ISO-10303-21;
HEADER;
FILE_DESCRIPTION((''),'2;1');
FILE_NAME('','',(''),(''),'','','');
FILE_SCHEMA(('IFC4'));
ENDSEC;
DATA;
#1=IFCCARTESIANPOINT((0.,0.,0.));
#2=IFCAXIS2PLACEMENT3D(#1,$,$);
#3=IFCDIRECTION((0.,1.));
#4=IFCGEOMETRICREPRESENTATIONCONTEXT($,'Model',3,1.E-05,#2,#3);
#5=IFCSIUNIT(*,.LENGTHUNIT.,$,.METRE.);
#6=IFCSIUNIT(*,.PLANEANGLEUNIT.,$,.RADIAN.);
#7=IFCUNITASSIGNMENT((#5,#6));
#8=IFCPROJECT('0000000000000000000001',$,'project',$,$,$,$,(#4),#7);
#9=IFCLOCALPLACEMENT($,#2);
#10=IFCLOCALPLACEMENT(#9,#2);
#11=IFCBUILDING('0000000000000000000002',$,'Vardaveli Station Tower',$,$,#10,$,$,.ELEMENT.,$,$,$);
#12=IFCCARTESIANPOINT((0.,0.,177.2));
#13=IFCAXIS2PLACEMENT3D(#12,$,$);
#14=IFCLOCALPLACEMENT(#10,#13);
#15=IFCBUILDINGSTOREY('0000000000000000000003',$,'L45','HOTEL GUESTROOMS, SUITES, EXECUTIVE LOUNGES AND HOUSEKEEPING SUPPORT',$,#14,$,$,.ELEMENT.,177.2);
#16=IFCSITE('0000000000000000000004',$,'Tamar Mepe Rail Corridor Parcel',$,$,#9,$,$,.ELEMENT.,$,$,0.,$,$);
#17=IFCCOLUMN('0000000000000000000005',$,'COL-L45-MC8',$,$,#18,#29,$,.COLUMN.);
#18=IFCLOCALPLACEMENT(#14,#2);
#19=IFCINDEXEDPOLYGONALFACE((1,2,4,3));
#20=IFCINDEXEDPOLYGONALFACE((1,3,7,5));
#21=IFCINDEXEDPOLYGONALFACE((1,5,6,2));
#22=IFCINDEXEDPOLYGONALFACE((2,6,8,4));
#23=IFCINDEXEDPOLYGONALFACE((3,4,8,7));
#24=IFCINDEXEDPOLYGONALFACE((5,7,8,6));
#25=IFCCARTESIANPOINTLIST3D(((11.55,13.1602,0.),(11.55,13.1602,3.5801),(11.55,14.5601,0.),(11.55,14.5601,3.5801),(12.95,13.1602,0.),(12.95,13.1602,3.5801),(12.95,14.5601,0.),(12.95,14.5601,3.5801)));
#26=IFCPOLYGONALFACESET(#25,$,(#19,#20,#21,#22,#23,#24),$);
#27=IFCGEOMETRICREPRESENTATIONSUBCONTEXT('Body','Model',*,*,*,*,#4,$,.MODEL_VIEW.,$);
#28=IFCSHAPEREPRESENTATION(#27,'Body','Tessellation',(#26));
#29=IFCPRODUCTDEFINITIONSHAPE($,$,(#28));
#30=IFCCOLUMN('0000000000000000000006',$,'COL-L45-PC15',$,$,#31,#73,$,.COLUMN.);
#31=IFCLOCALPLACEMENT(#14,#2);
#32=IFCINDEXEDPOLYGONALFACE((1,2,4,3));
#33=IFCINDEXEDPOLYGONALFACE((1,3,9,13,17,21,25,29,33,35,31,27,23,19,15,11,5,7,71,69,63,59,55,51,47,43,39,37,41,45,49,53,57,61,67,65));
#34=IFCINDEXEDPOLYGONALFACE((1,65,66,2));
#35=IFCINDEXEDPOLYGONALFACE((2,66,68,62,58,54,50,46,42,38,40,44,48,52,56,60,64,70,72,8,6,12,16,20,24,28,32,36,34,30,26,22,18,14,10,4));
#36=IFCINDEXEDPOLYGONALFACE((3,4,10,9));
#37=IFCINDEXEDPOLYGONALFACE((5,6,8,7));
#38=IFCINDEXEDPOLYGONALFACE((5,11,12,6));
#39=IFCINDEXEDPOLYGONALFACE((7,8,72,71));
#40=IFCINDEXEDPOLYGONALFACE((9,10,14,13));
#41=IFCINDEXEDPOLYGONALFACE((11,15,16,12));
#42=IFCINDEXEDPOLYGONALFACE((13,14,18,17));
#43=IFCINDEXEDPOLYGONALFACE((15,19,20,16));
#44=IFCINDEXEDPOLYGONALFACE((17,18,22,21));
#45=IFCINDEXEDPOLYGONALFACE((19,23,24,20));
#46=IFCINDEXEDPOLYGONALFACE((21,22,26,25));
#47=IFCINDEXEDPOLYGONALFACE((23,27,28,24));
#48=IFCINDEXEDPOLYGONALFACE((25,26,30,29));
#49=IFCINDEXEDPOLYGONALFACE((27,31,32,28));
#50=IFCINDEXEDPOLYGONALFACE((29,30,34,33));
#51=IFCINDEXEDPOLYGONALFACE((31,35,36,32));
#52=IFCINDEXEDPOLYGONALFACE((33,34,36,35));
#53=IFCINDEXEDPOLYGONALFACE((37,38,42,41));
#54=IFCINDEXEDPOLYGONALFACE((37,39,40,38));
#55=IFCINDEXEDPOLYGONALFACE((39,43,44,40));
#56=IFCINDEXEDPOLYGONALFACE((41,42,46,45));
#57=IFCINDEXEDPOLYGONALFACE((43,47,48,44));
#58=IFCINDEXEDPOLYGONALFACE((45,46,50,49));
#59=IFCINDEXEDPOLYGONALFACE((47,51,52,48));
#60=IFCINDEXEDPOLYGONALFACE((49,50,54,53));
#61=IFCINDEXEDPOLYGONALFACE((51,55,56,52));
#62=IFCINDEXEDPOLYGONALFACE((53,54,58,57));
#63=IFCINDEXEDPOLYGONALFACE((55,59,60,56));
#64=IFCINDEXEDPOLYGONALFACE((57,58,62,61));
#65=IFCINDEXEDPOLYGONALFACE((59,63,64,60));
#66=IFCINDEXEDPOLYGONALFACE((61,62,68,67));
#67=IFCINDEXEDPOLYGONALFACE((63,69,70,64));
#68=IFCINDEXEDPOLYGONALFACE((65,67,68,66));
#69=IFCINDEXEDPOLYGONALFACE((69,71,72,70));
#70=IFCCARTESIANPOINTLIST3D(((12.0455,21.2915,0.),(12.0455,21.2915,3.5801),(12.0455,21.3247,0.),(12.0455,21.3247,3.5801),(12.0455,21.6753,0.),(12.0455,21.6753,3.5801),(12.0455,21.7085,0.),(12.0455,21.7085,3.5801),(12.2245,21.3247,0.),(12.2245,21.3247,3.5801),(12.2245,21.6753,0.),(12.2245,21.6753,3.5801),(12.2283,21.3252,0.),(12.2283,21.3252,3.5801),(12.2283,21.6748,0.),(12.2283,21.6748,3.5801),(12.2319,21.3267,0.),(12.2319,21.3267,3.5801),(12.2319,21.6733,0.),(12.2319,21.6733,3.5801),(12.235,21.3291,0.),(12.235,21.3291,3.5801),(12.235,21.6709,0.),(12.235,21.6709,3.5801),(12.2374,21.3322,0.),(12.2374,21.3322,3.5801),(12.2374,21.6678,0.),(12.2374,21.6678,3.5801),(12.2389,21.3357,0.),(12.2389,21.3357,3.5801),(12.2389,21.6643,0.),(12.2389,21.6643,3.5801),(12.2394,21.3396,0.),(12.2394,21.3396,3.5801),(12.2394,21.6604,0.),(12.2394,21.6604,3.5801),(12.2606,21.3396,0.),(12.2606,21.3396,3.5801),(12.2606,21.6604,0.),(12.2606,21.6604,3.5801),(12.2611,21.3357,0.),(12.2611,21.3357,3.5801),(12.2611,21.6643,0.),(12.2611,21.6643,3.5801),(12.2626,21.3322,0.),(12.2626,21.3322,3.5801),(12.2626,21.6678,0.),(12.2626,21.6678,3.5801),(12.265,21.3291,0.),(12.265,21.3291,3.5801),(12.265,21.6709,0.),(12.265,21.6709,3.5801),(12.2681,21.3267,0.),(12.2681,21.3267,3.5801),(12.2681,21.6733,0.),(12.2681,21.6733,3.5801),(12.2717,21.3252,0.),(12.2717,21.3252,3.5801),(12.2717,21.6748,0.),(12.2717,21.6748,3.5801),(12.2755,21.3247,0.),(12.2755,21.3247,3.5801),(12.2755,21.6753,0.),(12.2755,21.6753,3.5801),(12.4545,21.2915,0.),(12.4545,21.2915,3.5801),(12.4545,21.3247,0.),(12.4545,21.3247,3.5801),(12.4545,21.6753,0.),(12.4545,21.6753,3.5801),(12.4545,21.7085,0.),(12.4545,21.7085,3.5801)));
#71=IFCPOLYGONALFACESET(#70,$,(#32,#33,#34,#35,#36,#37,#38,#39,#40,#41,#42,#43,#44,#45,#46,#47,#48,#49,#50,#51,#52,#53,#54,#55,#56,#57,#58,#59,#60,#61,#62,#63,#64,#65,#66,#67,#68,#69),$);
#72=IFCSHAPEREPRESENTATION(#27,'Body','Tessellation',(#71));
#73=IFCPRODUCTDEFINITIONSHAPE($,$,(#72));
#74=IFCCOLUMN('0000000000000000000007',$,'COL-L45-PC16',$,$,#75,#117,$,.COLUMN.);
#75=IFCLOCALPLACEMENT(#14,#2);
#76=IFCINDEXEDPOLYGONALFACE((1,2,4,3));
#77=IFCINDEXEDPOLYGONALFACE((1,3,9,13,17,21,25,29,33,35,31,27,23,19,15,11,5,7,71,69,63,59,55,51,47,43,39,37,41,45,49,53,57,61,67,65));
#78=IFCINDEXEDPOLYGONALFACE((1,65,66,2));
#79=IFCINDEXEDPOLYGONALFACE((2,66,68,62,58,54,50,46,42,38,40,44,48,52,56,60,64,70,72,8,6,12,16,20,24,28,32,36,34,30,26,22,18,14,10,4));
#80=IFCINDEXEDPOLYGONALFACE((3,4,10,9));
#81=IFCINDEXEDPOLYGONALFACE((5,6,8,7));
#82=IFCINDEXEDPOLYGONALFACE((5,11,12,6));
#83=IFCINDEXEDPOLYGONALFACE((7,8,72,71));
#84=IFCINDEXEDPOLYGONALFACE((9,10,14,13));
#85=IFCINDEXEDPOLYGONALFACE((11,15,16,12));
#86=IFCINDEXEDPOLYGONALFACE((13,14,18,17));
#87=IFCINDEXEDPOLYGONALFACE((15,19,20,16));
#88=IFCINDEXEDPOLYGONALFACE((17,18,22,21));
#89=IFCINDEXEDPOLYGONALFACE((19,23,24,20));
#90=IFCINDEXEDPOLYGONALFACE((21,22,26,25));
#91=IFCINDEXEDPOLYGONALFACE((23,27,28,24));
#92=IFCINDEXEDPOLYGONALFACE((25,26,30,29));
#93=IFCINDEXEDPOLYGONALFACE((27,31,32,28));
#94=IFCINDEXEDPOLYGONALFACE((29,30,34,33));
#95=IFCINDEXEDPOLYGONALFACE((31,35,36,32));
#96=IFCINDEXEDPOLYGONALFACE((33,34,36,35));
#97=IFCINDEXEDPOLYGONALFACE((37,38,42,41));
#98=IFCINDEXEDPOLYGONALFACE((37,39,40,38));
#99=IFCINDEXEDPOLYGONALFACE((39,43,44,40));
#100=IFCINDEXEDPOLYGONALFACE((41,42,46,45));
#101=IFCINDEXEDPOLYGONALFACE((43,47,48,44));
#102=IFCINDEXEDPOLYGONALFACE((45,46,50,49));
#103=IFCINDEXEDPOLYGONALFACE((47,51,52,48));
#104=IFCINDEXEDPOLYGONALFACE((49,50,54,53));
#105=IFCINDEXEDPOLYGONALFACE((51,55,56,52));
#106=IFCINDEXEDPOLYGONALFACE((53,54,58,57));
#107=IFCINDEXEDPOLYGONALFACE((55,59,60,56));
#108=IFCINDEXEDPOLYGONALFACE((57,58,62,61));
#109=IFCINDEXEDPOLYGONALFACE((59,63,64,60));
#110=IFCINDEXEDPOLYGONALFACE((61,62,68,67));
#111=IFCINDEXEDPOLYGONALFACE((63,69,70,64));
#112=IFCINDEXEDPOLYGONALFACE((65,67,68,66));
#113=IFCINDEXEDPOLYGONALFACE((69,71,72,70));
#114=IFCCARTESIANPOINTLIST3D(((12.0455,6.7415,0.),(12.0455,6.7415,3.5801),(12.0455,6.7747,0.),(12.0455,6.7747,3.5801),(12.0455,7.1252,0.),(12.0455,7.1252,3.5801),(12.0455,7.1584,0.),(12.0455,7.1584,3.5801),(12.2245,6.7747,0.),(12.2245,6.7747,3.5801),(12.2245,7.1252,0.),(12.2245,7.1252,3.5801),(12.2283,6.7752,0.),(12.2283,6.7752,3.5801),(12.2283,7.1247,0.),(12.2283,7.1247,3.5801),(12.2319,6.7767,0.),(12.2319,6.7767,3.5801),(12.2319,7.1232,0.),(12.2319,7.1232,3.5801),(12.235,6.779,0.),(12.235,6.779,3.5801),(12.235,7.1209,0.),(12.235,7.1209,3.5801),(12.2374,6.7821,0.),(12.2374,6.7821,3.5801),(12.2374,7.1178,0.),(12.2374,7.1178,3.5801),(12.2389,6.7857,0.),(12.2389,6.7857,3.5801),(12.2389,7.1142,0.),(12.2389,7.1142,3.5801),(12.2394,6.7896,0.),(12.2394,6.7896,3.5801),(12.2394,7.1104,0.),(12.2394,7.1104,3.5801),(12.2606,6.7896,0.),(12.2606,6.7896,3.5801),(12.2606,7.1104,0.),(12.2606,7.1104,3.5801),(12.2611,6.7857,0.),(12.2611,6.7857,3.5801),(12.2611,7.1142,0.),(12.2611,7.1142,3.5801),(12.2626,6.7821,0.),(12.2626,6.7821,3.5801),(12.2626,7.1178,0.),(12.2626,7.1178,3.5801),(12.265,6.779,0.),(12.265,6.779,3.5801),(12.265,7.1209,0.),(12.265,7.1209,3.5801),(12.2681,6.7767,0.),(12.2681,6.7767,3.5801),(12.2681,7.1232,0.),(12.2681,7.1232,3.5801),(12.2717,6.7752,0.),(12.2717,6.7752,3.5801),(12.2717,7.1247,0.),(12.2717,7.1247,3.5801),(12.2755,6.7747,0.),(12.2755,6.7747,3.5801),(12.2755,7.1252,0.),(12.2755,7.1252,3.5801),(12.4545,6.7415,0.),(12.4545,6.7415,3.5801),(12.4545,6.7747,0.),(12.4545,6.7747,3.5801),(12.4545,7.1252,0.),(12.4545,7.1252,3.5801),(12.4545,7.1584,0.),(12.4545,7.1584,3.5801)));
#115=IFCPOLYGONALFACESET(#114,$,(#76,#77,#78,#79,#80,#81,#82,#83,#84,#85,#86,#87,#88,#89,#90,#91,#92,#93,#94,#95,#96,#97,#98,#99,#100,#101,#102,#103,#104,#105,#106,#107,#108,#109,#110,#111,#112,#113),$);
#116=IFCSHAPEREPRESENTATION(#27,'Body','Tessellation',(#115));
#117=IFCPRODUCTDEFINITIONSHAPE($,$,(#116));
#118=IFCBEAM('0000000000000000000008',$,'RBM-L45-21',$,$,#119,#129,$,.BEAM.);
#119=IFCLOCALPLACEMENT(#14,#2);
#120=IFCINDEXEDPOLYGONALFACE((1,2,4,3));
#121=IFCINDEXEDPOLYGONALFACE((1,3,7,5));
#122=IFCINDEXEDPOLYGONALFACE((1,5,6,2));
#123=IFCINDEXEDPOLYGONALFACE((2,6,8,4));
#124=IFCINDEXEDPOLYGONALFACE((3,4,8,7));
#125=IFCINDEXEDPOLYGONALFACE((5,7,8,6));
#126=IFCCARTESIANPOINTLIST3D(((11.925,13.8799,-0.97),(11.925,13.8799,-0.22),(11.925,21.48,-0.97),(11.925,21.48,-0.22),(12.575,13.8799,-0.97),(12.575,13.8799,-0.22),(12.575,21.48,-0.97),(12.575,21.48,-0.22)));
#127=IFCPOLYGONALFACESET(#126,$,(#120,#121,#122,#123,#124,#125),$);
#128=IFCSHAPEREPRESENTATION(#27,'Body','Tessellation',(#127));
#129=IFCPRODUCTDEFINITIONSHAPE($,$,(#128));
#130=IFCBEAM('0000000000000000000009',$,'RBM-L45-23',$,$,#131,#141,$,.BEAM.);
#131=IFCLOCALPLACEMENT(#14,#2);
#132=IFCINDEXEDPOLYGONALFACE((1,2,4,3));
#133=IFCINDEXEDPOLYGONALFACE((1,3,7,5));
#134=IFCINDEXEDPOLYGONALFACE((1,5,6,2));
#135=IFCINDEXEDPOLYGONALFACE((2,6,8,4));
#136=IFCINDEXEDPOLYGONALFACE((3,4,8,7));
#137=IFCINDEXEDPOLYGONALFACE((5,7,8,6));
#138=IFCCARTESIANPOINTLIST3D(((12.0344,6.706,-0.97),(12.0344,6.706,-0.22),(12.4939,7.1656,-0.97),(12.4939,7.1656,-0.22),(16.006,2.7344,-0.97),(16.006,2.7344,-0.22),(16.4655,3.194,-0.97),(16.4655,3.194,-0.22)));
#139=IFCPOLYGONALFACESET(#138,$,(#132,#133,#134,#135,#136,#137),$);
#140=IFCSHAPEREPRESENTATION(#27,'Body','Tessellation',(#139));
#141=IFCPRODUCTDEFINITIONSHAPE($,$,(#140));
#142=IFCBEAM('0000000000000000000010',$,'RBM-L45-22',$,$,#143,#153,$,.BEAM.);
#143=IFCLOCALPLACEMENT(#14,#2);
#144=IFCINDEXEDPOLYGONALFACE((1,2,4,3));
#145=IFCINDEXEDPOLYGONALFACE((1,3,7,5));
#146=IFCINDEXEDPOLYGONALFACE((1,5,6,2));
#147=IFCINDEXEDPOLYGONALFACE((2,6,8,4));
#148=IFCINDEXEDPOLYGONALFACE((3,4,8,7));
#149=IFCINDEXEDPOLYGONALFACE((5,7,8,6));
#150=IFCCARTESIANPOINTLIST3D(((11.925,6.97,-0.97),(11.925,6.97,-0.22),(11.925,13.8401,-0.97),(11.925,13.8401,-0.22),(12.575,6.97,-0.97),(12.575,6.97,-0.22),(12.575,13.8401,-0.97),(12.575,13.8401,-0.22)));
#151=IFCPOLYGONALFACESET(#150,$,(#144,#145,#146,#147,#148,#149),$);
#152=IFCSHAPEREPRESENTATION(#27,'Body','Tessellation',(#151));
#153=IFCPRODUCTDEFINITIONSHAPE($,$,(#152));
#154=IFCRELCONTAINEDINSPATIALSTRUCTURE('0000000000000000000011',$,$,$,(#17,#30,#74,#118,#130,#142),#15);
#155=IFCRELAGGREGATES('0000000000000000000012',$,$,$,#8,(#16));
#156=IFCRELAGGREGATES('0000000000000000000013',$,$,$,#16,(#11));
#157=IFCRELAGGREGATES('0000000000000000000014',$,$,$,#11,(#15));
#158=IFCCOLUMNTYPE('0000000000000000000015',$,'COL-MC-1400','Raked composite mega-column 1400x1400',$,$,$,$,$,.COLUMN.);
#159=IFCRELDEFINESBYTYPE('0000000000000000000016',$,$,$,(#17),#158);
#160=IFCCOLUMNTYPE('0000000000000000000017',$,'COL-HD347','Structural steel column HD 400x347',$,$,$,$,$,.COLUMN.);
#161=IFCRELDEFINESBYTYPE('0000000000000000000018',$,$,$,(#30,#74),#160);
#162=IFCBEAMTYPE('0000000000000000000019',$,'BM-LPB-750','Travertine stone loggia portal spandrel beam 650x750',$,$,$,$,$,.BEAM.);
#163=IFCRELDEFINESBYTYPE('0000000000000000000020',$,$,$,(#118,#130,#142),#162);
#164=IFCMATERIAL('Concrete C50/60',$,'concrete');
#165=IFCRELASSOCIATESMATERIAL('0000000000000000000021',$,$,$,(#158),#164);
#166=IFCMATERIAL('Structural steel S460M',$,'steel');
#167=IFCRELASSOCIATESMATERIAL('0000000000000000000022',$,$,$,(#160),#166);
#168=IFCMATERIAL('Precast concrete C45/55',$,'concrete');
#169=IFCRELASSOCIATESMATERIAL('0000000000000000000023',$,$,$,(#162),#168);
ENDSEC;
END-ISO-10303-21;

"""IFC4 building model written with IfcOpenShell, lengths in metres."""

from ifc_helpers import new_model, si_unit, direction, frame, origin, origin_2d, place, context, subcontext, project, spatial, rectangle, i_section, extrude, source, transform, mapped, material, material_profile, profile_set, type_object, element, save


model = new_model("IFC4")

# Units and contexts
model_context = context("Model", 3, precision=1e-05, world=origin(), true_north=direction((0.0, 1.0)))
body_context = subcontext(model_context, "Body", "Model", "MODEL_VIEW")
ifc_project = project(units=[si_unit("LENGTHUNIT", "METRE"), si_unit("PLANEANGLEUNIT", "RADIAN")], contexts=[model_context])

# Site, building, storey
site_placement = place(None, origin())
site = spatial("IfcSite", under=ifc_project, at=site_placement, Name="Tamar Mepe Rail Corridor Parcel", CompositionType="ELEMENT", RefElevation=0.0)
building_placement = place(site_placement, origin())
building = spatial("IfcBuilding", under=site, at=building_placement, Name="Vardaveli Station Tower", CompositionType="ELEMENT")
storey_placement = place(building_placement, frame((0.0, 0.0, 177.2)))
storey = spatial("IfcBuildingStorey", under=building, at=storey_placement, Name="L45", Description="HOTEL GUESTROOMS, SUITES, EXECUTIVE LOUNGES AND HOUSEKEEPING SUPPORT", CompositionType="ELEMENT", Elevation=177.2)

# Columns
ifc_material_1 = material(Name="Concrete C50/60", Category="concrete")
ifc_material_profile_1 = material_profile(ifc_material_1, rectangle(XDim=1.3999, YDim=1.3999, at=origin_2d()), Name="MC 1400x1400")
ifc_profile_set_1 = profile_set([ifc_material_profile_1], Name="Concrete C50/60")
column_type_1 = type_object("IfcColumnType", Name="COL-MC-1400", Description="Raked composite mega-column 1400x1400", PredefinedType="COLUMN", material=ifc_profile_set_1)
shared_shape_1 = source(origin(), body_context, "Body", "SweptSolid", [
    extrude(rectangle(XDim=1.3999, YDim=1.3999, at=origin_2d()), origin(), (0.0, 0.0, 1.0), 3.5801),
])
column_placement = place(storey_placement, frame((12.25, 13.8601, 0.0), z_axis=(0.0, 0.0, 1.0), x_axis=(1.0, 0.0, 0.0)))
element("IfcColumn", 1, at=column_placement, inside=storey, type_object=column_type_1, Name="COL-L45-MC8", PredefinedType="COLUMN", context=body_context, shape_type="MappedRepresentation", body=[
    mapped(shared_shape_1, transform((0.0, 0.0, 0.0), scale=1.0)),
])
ifc_material_2 = material(Name="Structural steel S460M", Category="steel")
ifc_material_profile_2 = material_profile(ifc_material_2, i_section(OverallWidth=0.4089, OverallDepth=0.417, WebThickness=0.0212, FlangeThickness=0.0332, FilletRadius=0.0149, at=origin_2d()), Name="HD 400x347")
ifc_profile_set_2 = profile_set([ifc_material_profile_2], Name="Structural steel S460M")
column_type_2 = type_object("IfcColumnType", Name="COL-HD347", Description="Structural steel column HD 400x347", PredefinedType="COLUMN", material=ifc_profile_set_2)
shared_shape_2 = source(origin(), body_context, "Body", "SweptSolid", [
    extrude(i_section(OverallWidth=0.4089, OverallDepth=0.417, WebThickness=0.0212, FlangeThickness=0.0332, FilletRadius=0.0149, at=origin_2d()), origin(), (0.0, 0.0, 1.0), 3.5801),
])
for number, where, z_axis, x_axis, name in (
    (2, (12.25, 21.5, 0.0), (0.0, 0.0, 1.0), (1.0, 0.0, 0.0), "COL-L45-PC15"),
    (3, (12.25, 6.95, 0.0), (0.0, 0.0, 1.0), (1.0, 0.0, 0.0), "COL-L45-PC16"),
):
    element("IfcColumn", number, at=place(storey_placement, frame(where, z_axis=z_axis, x_axis=x_axis)), inside=storey, type_object=column_type_2, Name=name, PredefinedType="COLUMN", context=body_context, shape_type="MappedRepresentation", body=[
        mapped(shared_shape_2, transform((0.0, 0.0, 0.0), scale=1.0)),
    ])

# Beams
ifc_material_3 = material(Name="Precast concrete C45/55", Category="concrete")
ifc_material_profile_3 = material_profile(ifc_material_3, rectangle(XDim=0.6499, YDim=0.75, at=origin_2d()), Name="LPB 650x750")
ifc_profile_set_3 = profile_set([ifc_material_profile_3], Name="Precast concrete C45/55")
beam_type_1 = type_object("IfcBeamType", Name="BM-LPB-750", Description="Travertine stone loggia portal spandrel beam 650x750", PredefinedType="BEAM", material=ifc_profile_set_3)
shared_shape_3 = source(origin(), body_context, "Body", "SweptSolid", [
    extrude(rectangle(XDim=0.6499, YDim=0.75, at=origin_2d()), origin(), (0.0, 0.0, 1.0), 7.6001),
])
beam_1_placement = place(storey_placement, frame((12.25, 21.48, -0.595), z_axis=(0.0, -1.0, 0.0), x_axis=(1.0, 0.0, 0.0)))
element("IfcBeam", 4, at=beam_1_placement, inside=storey, type_object=beam_type_1, Name="RBM-L45-21", PredefinedType="BEAM", context=body_context, shape_type="MappedRepresentation", body=[
    mapped(shared_shape_3, transform((0.0, 0.0, 0.0), scale=1.0)),
])
shared_shape_4 = source(origin(), body_context, "Body", "SweptSolid", [
    extrude(rectangle(XDim=0.6499, YDim=0.75, at=origin_2d()), origin(), (0.0, 0.0, 1.0), 5.6167),
])
beam_2_placement = place(storey_placement, frame((12.2642, 6.9358, -0.595), z_axis=(0.707107, -0.707107, 0.0), x_axis=(0.707107, 0.707107, 0.0)))
element("IfcBeam", 5, at=beam_2_placement, inside=storey, type_object=beam_type_1, Name="RBM-L45-23", PredefinedType="BEAM", context=body_context, shape_type="MappedRepresentation", body=[
    mapped(shared_shape_4, transform((0.0, 0.0, 0.0), scale=1.0)),
])
shared_shape_5 = source(origin(), body_context, "Body", "SweptSolid", [
    extrude(rectangle(XDim=0.6499, YDim=0.75, at=origin_2d()), origin(), (0.0, 0.0, 1.0), 6.8701),
])
beam_3_placement = place(storey_placement, frame((12.25, 13.8401, -0.595), z_axis=(0.0, -1.0, 0.0), x_axis=(1.0, 0.0, 0.0)))
element("IfcBeam", 6, at=beam_3_placement, inside=storey, type_object=beam_type_1, Name="RBM-L45-22", PredefinedType="BEAM", context=body_context, shape_type="MappedRepresentation", body=[
    mapped(shared_shape_5, transform((0.0, 0.0, 0.0), scale=1.0)),
])

save(model, "model.ifc")
